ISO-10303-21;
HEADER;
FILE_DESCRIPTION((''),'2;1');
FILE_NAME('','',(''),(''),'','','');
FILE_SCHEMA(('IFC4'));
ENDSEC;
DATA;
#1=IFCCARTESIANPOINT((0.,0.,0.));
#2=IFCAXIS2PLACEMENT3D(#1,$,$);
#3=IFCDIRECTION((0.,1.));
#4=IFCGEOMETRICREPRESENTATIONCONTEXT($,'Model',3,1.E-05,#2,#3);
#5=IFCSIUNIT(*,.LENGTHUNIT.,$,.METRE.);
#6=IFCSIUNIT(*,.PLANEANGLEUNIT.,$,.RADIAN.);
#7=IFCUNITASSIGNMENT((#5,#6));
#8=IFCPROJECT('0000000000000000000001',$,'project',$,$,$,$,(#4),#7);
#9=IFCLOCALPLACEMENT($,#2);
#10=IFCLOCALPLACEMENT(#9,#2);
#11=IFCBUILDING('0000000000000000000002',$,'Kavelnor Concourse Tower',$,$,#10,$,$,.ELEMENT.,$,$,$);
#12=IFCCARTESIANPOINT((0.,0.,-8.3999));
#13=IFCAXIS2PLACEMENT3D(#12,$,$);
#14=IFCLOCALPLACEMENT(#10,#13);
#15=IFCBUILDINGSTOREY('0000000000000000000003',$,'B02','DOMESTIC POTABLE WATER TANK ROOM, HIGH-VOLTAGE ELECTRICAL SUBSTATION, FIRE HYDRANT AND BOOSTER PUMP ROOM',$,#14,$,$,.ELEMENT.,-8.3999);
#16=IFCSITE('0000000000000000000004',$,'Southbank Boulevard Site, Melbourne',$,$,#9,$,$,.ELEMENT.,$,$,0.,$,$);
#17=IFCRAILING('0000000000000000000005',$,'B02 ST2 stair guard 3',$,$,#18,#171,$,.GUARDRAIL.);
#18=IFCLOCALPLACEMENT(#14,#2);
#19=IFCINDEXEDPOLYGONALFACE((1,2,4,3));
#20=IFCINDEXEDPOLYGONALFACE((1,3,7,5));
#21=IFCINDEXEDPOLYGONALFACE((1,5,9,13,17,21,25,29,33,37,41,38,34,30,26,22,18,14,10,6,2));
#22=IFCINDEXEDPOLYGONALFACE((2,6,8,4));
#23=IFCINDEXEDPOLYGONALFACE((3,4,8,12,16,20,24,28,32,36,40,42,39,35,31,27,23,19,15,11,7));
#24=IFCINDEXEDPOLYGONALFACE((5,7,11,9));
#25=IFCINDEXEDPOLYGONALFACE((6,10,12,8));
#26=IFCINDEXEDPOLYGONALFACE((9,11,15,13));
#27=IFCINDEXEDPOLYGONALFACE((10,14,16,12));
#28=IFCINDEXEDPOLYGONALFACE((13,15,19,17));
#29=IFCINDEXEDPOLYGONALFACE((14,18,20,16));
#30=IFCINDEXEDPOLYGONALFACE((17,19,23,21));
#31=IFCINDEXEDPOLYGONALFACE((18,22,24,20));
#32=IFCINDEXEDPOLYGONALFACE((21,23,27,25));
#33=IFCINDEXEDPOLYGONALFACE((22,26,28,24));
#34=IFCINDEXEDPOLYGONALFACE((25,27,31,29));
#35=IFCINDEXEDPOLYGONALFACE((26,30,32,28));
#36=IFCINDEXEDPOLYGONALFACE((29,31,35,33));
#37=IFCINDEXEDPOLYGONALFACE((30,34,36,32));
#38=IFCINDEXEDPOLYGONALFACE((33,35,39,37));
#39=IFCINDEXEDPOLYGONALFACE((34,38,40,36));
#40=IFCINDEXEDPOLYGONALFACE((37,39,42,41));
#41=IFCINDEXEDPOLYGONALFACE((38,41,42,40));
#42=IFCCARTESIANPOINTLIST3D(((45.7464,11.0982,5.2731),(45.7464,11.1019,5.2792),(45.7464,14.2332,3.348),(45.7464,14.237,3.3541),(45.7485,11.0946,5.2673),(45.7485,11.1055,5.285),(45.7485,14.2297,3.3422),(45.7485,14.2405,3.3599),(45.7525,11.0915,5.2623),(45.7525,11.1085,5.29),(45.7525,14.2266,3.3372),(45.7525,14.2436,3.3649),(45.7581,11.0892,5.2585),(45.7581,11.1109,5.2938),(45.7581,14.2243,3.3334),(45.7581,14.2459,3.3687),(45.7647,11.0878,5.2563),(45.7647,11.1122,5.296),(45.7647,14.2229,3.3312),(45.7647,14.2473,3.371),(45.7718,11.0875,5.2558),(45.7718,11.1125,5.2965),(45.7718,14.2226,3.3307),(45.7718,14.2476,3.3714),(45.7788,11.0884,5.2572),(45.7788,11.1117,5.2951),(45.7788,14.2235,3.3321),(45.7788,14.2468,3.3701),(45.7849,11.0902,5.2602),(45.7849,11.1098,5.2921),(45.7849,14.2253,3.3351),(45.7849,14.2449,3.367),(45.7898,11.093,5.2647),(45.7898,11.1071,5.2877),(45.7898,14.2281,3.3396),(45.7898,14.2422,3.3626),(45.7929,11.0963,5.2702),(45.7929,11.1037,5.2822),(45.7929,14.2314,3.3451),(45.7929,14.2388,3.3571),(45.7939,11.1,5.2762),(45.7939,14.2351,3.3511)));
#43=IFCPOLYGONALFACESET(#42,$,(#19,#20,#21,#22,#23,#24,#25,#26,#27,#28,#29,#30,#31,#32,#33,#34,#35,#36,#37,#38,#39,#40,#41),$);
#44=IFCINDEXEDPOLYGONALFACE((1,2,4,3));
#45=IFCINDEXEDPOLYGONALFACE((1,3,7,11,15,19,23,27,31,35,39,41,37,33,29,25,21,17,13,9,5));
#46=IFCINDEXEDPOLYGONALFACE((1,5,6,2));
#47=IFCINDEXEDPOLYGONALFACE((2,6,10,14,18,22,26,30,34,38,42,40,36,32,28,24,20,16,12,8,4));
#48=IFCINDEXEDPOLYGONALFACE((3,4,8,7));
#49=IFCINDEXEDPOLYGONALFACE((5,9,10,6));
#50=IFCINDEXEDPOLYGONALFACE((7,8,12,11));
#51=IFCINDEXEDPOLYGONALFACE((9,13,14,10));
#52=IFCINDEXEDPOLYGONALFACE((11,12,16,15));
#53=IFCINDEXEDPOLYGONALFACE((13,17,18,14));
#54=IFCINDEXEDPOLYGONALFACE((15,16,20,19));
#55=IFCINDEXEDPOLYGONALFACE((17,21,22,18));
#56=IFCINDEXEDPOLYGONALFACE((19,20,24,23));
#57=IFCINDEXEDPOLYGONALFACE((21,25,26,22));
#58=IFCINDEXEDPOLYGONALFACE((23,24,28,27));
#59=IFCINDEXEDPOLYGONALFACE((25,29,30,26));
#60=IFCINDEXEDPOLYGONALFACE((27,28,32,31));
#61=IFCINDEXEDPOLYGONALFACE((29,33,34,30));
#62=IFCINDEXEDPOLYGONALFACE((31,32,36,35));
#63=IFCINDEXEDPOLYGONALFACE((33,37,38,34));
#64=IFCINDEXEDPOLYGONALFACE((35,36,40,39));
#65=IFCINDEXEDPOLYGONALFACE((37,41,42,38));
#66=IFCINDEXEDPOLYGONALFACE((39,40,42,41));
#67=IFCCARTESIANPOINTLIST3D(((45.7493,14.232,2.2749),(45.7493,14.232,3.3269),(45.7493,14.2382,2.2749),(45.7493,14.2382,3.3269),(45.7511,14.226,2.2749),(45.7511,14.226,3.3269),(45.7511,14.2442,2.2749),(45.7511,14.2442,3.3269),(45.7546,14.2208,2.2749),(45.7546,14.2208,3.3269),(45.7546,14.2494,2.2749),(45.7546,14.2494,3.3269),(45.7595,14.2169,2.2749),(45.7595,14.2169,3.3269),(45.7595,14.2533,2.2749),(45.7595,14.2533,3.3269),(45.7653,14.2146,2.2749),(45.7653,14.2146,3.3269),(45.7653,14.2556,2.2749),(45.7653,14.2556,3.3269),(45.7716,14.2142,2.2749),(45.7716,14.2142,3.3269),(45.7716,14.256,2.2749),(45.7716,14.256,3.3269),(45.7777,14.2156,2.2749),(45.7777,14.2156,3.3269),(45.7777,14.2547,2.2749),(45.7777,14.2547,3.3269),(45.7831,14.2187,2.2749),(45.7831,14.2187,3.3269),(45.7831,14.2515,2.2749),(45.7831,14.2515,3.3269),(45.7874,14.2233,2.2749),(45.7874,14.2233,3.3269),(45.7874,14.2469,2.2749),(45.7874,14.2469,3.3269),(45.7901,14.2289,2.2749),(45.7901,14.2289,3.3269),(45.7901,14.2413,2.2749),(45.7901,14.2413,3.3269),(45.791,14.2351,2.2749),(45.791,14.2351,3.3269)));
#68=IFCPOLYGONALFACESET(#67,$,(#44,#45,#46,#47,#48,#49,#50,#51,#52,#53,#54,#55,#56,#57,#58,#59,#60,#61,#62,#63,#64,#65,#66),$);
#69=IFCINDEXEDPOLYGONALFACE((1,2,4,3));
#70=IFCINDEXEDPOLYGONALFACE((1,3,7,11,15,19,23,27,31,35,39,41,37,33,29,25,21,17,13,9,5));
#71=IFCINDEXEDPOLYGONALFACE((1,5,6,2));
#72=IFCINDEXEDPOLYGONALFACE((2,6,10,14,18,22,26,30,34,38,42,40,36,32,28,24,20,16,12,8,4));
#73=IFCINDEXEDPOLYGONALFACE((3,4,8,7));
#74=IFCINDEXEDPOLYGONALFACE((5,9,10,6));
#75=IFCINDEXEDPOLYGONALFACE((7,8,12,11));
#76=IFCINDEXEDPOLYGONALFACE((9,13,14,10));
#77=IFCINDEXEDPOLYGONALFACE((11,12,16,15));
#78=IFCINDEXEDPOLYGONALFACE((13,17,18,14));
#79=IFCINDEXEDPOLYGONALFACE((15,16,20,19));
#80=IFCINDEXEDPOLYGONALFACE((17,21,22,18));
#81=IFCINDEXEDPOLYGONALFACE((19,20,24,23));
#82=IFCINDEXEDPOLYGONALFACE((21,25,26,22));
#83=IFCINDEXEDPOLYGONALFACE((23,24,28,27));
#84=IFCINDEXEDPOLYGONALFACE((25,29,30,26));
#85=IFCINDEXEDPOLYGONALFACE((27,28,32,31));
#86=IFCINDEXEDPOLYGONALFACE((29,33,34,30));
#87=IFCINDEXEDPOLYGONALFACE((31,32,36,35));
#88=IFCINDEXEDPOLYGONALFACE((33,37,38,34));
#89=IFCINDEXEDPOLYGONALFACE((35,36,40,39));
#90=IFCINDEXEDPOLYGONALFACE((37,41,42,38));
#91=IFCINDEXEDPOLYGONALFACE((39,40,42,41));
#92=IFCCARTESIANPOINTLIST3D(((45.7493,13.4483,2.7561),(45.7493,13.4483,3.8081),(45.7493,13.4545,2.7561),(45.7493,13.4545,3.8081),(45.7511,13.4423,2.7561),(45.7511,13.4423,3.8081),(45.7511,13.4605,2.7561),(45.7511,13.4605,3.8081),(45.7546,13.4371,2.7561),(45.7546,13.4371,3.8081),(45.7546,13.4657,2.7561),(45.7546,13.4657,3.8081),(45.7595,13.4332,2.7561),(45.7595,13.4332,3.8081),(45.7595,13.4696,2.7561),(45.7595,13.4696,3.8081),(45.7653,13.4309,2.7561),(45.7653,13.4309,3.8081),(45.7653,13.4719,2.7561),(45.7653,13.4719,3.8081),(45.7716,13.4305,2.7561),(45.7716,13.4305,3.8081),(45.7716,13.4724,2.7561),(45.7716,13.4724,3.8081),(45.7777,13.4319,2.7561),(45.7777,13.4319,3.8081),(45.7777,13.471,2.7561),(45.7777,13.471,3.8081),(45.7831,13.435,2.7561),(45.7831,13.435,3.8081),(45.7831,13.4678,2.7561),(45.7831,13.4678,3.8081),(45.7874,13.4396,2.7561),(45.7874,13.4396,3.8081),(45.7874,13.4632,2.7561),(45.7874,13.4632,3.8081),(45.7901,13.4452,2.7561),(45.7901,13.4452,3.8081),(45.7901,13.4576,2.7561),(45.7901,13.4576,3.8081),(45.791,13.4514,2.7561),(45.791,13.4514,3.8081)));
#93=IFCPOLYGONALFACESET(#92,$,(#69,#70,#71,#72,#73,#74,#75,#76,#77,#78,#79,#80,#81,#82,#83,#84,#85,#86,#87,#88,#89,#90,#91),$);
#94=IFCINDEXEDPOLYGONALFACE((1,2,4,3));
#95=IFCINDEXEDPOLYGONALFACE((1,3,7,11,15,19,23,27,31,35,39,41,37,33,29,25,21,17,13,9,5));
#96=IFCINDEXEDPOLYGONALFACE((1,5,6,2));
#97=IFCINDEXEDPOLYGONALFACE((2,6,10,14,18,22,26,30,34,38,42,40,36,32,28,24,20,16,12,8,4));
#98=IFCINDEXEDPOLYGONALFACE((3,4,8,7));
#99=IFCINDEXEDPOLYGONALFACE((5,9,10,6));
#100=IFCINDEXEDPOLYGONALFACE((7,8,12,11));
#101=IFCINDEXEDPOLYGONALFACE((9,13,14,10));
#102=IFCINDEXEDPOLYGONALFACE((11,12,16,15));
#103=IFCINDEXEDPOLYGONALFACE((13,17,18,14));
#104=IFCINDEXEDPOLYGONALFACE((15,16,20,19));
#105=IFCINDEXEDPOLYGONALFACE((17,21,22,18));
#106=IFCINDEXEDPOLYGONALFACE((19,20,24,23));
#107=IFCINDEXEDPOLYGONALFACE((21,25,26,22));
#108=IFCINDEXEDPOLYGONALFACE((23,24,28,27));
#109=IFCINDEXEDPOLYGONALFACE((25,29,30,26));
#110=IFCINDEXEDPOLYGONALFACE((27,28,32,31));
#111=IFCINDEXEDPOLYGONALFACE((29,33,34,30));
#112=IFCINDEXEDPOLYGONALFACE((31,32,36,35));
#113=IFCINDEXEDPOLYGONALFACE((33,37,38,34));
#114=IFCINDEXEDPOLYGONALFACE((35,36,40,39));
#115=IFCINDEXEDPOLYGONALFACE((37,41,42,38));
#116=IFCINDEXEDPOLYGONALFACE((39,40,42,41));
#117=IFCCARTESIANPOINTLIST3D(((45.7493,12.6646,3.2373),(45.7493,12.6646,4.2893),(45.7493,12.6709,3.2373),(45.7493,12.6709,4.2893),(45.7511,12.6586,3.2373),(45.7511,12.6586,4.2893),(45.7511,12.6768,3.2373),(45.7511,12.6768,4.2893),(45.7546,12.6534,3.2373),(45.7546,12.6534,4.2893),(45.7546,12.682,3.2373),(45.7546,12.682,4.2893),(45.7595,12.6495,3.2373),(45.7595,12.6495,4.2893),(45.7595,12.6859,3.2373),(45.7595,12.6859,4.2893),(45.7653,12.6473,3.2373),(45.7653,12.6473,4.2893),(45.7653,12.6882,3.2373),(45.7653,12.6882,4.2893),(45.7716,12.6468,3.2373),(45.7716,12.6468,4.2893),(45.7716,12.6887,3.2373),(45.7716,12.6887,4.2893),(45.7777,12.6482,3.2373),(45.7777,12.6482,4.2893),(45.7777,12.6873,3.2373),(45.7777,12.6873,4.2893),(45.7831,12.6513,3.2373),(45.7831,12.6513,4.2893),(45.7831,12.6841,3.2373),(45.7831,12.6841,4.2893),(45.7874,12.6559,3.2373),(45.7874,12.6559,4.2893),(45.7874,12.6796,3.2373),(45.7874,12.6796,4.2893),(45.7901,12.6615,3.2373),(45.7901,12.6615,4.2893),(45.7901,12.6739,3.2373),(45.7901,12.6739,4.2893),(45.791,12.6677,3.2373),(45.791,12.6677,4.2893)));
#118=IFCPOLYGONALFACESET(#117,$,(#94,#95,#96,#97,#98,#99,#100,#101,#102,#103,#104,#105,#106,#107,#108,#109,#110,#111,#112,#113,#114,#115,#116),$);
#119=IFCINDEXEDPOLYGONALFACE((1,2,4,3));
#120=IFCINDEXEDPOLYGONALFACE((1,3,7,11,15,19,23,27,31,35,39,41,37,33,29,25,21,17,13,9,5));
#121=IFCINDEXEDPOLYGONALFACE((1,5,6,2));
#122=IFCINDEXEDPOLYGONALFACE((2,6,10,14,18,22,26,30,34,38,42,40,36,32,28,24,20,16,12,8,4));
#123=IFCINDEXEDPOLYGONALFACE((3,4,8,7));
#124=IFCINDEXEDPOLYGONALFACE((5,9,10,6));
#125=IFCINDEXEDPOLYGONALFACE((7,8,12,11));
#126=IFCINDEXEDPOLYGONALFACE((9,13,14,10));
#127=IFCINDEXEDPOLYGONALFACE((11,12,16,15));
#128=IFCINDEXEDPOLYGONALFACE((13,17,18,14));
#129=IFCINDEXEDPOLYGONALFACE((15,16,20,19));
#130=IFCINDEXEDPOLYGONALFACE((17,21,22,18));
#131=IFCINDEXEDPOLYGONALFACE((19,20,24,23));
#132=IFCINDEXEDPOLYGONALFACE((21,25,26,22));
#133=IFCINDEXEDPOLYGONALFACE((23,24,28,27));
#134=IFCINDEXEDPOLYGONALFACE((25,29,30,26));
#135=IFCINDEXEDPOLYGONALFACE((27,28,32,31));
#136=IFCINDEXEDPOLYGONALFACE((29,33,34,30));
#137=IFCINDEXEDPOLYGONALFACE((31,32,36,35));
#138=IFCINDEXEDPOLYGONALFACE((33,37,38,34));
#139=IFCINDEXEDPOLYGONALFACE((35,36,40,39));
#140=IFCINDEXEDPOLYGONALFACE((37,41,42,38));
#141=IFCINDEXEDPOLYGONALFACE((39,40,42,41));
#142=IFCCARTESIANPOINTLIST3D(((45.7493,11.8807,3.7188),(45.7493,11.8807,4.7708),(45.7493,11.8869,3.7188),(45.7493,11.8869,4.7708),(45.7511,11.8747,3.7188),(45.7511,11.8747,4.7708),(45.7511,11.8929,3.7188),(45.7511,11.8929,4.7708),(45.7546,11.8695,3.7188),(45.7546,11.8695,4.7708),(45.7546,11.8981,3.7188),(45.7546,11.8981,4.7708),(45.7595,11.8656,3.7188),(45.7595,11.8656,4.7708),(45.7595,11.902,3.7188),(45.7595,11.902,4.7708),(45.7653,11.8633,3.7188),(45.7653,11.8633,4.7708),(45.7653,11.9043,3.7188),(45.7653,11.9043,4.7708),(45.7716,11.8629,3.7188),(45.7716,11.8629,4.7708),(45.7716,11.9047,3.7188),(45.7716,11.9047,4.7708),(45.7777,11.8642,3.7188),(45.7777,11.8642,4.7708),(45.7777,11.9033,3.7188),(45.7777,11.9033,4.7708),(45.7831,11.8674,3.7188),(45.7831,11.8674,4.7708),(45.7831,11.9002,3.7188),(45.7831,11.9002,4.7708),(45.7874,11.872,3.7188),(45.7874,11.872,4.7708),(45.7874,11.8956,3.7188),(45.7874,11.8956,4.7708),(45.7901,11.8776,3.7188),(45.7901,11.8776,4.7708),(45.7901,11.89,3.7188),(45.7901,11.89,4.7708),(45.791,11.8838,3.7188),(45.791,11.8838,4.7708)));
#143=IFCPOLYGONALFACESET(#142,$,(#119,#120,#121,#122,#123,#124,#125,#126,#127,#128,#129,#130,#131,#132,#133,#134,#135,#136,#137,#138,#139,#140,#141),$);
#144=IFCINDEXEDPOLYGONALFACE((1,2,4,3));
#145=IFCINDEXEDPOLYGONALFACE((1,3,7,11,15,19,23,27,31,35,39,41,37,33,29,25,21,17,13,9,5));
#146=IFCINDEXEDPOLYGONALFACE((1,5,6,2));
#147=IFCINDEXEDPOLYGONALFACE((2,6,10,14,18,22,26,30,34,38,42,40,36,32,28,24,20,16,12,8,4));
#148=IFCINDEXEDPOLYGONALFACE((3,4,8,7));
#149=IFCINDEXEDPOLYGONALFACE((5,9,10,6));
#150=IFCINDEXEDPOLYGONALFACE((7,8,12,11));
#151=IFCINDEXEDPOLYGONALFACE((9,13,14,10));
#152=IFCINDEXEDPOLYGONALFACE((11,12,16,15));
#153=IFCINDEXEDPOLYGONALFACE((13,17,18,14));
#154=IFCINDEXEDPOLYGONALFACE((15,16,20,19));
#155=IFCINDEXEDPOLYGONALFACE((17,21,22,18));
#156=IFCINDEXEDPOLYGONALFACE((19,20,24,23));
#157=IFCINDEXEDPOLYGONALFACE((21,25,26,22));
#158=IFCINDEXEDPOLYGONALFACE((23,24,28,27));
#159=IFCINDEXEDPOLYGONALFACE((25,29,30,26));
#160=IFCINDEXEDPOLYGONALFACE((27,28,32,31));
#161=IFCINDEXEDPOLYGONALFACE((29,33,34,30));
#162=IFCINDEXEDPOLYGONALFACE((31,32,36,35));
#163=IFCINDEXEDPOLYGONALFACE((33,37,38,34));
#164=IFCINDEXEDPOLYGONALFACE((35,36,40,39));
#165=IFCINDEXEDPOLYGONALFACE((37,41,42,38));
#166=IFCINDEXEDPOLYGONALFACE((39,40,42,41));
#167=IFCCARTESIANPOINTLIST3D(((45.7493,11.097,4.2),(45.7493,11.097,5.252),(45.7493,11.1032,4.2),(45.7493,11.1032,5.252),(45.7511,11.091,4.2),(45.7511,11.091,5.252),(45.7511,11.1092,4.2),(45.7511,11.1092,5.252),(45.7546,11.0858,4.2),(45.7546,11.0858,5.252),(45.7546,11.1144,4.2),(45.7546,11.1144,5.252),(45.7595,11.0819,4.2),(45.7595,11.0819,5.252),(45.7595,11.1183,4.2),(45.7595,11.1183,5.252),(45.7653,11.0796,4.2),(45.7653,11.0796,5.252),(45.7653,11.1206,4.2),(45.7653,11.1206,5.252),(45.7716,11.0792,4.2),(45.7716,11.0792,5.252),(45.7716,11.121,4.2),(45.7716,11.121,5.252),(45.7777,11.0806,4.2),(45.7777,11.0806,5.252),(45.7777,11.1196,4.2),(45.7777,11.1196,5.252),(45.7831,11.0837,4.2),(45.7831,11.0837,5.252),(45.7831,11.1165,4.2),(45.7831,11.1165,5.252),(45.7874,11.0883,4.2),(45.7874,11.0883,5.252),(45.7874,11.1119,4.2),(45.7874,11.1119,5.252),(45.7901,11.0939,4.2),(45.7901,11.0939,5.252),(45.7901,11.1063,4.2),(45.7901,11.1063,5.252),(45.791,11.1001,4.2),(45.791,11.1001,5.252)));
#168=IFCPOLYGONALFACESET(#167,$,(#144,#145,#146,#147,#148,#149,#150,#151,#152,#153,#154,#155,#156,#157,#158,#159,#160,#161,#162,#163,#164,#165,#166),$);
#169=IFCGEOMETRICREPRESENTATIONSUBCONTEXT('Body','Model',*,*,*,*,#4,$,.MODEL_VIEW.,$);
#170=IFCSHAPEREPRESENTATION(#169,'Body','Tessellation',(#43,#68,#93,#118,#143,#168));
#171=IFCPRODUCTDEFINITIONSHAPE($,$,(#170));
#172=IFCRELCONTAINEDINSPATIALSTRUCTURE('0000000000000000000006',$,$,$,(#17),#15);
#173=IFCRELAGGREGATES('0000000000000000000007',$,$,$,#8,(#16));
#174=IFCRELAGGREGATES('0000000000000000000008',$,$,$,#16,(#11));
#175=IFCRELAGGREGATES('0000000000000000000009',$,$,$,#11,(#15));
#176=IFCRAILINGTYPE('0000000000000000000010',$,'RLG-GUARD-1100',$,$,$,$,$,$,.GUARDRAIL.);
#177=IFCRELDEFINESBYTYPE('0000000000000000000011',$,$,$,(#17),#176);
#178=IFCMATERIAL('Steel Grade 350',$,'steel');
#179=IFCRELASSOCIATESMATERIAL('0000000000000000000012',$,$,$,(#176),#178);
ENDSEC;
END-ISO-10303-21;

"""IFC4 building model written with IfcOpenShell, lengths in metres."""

from ifc_helpers import new_model, si_unit, direction, frame, origin, origin_2d, place, context, subcontext, project, spatial, circle, extrude, material, type_object, element, save


model = new_model("IFC4")

# Units and contexts
model_context = context("Model", 3, precision=1e-05, world=origin(), true_north=direction((0.0, 1.0)))
body_context = subcontext(model_context, "Body", "Model", "MODEL_VIEW")
ifc_project = project(units=[si_unit("LENGTHUNIT", "METRE"), si_unit("PLANEANGLEUNIT", "RADIAN")], contexts=[model_context])

# Site, building, storey
site_placement = place(None, origin())
site = spatial("IfcSite", under=ifc_project, at=site_placement, Name="Southbank Boulevard Site, Melbourne", CompositionType="ELEMENT", RefElevation=0.0)
building_placement = place(site_placement, origin())
building = spatial("IfcBuilding", under=site, at=building_placement, Name="Kavelnor Concourse Tower", CompositionType="ELEMENT")
storey_placement = place(building_placement, frame((0.0, 0.0, -8.3999)))
storey = spatial("IfcBuildingStorey", under=building, at=storey_placement, Name="B02", Description="DOMESTIC POTABLE WATER TANK ROOM, HIGH-VOLTAGE ELECTRICAL SUBSTATION, FIRE HYDRANT AND BOOSTER PUMP ROOM", CompositionType="ELEMENT", Elevation=-8.3999)

# Shared definitions
ifc_material_1 = material(Name="Steel Grade 350", Category="steel")

# Railing
railing_type_1 = type_object("IfcRailingType", Name="RLG-GUARD-1100", PredefinedType="GUARDRAIL", material=ifc_material_1)
railing_1_placement = place(storey_placement, frame((45.77, 14.2351, 2.2749)))
element("IfcRailing", 1, at=railing_1_placement, inside=storey, type_object=railing_type_1, Name="B02 ST2 stair guard 3", PredefinedType="GUARDRAIL", context=body_context, shape_type="SweptSolid", body=[
    extrude(circle(Radius=0.0239, at=origin_2d()), frame((0.0, 0.0, 1.0762), z_axis=(0.0, -0.852166, 0.523271), x_axis=(1.0, 0.0, 0.0)), (0.0, 0.0, 1.0), 3.679),
    extrude(circle(Radius=0.021, at=origin_2d()), origin(), (0.0, 0.0, 1.0), 1.052),
    extrude(circle(Radius=0.021, at=origin_2d()), frame((0.0, -0.7837, 0.4812)), (0.0, 0.0, 1.0), 1.052),
    extrude(circle(Radius=0.021, at=origin_2d()), frame((0.0, -1.5674, 0.9624)), (0.0, 0.0, 1.0), 1.052),
    extrude(circle(Radius=0.021, at=origin_2d()), frame((0.0, -2.3513, 1.4438)), (0.0, 0.0, 1.0), 1.052),
    extrude(circle(Radius=0.021, at=origin_2d()), frame((0.0, -3.135, 1.925)), (0.0, 0.0, 1.0), 1.052),
])

save(model, "model.ifc")
